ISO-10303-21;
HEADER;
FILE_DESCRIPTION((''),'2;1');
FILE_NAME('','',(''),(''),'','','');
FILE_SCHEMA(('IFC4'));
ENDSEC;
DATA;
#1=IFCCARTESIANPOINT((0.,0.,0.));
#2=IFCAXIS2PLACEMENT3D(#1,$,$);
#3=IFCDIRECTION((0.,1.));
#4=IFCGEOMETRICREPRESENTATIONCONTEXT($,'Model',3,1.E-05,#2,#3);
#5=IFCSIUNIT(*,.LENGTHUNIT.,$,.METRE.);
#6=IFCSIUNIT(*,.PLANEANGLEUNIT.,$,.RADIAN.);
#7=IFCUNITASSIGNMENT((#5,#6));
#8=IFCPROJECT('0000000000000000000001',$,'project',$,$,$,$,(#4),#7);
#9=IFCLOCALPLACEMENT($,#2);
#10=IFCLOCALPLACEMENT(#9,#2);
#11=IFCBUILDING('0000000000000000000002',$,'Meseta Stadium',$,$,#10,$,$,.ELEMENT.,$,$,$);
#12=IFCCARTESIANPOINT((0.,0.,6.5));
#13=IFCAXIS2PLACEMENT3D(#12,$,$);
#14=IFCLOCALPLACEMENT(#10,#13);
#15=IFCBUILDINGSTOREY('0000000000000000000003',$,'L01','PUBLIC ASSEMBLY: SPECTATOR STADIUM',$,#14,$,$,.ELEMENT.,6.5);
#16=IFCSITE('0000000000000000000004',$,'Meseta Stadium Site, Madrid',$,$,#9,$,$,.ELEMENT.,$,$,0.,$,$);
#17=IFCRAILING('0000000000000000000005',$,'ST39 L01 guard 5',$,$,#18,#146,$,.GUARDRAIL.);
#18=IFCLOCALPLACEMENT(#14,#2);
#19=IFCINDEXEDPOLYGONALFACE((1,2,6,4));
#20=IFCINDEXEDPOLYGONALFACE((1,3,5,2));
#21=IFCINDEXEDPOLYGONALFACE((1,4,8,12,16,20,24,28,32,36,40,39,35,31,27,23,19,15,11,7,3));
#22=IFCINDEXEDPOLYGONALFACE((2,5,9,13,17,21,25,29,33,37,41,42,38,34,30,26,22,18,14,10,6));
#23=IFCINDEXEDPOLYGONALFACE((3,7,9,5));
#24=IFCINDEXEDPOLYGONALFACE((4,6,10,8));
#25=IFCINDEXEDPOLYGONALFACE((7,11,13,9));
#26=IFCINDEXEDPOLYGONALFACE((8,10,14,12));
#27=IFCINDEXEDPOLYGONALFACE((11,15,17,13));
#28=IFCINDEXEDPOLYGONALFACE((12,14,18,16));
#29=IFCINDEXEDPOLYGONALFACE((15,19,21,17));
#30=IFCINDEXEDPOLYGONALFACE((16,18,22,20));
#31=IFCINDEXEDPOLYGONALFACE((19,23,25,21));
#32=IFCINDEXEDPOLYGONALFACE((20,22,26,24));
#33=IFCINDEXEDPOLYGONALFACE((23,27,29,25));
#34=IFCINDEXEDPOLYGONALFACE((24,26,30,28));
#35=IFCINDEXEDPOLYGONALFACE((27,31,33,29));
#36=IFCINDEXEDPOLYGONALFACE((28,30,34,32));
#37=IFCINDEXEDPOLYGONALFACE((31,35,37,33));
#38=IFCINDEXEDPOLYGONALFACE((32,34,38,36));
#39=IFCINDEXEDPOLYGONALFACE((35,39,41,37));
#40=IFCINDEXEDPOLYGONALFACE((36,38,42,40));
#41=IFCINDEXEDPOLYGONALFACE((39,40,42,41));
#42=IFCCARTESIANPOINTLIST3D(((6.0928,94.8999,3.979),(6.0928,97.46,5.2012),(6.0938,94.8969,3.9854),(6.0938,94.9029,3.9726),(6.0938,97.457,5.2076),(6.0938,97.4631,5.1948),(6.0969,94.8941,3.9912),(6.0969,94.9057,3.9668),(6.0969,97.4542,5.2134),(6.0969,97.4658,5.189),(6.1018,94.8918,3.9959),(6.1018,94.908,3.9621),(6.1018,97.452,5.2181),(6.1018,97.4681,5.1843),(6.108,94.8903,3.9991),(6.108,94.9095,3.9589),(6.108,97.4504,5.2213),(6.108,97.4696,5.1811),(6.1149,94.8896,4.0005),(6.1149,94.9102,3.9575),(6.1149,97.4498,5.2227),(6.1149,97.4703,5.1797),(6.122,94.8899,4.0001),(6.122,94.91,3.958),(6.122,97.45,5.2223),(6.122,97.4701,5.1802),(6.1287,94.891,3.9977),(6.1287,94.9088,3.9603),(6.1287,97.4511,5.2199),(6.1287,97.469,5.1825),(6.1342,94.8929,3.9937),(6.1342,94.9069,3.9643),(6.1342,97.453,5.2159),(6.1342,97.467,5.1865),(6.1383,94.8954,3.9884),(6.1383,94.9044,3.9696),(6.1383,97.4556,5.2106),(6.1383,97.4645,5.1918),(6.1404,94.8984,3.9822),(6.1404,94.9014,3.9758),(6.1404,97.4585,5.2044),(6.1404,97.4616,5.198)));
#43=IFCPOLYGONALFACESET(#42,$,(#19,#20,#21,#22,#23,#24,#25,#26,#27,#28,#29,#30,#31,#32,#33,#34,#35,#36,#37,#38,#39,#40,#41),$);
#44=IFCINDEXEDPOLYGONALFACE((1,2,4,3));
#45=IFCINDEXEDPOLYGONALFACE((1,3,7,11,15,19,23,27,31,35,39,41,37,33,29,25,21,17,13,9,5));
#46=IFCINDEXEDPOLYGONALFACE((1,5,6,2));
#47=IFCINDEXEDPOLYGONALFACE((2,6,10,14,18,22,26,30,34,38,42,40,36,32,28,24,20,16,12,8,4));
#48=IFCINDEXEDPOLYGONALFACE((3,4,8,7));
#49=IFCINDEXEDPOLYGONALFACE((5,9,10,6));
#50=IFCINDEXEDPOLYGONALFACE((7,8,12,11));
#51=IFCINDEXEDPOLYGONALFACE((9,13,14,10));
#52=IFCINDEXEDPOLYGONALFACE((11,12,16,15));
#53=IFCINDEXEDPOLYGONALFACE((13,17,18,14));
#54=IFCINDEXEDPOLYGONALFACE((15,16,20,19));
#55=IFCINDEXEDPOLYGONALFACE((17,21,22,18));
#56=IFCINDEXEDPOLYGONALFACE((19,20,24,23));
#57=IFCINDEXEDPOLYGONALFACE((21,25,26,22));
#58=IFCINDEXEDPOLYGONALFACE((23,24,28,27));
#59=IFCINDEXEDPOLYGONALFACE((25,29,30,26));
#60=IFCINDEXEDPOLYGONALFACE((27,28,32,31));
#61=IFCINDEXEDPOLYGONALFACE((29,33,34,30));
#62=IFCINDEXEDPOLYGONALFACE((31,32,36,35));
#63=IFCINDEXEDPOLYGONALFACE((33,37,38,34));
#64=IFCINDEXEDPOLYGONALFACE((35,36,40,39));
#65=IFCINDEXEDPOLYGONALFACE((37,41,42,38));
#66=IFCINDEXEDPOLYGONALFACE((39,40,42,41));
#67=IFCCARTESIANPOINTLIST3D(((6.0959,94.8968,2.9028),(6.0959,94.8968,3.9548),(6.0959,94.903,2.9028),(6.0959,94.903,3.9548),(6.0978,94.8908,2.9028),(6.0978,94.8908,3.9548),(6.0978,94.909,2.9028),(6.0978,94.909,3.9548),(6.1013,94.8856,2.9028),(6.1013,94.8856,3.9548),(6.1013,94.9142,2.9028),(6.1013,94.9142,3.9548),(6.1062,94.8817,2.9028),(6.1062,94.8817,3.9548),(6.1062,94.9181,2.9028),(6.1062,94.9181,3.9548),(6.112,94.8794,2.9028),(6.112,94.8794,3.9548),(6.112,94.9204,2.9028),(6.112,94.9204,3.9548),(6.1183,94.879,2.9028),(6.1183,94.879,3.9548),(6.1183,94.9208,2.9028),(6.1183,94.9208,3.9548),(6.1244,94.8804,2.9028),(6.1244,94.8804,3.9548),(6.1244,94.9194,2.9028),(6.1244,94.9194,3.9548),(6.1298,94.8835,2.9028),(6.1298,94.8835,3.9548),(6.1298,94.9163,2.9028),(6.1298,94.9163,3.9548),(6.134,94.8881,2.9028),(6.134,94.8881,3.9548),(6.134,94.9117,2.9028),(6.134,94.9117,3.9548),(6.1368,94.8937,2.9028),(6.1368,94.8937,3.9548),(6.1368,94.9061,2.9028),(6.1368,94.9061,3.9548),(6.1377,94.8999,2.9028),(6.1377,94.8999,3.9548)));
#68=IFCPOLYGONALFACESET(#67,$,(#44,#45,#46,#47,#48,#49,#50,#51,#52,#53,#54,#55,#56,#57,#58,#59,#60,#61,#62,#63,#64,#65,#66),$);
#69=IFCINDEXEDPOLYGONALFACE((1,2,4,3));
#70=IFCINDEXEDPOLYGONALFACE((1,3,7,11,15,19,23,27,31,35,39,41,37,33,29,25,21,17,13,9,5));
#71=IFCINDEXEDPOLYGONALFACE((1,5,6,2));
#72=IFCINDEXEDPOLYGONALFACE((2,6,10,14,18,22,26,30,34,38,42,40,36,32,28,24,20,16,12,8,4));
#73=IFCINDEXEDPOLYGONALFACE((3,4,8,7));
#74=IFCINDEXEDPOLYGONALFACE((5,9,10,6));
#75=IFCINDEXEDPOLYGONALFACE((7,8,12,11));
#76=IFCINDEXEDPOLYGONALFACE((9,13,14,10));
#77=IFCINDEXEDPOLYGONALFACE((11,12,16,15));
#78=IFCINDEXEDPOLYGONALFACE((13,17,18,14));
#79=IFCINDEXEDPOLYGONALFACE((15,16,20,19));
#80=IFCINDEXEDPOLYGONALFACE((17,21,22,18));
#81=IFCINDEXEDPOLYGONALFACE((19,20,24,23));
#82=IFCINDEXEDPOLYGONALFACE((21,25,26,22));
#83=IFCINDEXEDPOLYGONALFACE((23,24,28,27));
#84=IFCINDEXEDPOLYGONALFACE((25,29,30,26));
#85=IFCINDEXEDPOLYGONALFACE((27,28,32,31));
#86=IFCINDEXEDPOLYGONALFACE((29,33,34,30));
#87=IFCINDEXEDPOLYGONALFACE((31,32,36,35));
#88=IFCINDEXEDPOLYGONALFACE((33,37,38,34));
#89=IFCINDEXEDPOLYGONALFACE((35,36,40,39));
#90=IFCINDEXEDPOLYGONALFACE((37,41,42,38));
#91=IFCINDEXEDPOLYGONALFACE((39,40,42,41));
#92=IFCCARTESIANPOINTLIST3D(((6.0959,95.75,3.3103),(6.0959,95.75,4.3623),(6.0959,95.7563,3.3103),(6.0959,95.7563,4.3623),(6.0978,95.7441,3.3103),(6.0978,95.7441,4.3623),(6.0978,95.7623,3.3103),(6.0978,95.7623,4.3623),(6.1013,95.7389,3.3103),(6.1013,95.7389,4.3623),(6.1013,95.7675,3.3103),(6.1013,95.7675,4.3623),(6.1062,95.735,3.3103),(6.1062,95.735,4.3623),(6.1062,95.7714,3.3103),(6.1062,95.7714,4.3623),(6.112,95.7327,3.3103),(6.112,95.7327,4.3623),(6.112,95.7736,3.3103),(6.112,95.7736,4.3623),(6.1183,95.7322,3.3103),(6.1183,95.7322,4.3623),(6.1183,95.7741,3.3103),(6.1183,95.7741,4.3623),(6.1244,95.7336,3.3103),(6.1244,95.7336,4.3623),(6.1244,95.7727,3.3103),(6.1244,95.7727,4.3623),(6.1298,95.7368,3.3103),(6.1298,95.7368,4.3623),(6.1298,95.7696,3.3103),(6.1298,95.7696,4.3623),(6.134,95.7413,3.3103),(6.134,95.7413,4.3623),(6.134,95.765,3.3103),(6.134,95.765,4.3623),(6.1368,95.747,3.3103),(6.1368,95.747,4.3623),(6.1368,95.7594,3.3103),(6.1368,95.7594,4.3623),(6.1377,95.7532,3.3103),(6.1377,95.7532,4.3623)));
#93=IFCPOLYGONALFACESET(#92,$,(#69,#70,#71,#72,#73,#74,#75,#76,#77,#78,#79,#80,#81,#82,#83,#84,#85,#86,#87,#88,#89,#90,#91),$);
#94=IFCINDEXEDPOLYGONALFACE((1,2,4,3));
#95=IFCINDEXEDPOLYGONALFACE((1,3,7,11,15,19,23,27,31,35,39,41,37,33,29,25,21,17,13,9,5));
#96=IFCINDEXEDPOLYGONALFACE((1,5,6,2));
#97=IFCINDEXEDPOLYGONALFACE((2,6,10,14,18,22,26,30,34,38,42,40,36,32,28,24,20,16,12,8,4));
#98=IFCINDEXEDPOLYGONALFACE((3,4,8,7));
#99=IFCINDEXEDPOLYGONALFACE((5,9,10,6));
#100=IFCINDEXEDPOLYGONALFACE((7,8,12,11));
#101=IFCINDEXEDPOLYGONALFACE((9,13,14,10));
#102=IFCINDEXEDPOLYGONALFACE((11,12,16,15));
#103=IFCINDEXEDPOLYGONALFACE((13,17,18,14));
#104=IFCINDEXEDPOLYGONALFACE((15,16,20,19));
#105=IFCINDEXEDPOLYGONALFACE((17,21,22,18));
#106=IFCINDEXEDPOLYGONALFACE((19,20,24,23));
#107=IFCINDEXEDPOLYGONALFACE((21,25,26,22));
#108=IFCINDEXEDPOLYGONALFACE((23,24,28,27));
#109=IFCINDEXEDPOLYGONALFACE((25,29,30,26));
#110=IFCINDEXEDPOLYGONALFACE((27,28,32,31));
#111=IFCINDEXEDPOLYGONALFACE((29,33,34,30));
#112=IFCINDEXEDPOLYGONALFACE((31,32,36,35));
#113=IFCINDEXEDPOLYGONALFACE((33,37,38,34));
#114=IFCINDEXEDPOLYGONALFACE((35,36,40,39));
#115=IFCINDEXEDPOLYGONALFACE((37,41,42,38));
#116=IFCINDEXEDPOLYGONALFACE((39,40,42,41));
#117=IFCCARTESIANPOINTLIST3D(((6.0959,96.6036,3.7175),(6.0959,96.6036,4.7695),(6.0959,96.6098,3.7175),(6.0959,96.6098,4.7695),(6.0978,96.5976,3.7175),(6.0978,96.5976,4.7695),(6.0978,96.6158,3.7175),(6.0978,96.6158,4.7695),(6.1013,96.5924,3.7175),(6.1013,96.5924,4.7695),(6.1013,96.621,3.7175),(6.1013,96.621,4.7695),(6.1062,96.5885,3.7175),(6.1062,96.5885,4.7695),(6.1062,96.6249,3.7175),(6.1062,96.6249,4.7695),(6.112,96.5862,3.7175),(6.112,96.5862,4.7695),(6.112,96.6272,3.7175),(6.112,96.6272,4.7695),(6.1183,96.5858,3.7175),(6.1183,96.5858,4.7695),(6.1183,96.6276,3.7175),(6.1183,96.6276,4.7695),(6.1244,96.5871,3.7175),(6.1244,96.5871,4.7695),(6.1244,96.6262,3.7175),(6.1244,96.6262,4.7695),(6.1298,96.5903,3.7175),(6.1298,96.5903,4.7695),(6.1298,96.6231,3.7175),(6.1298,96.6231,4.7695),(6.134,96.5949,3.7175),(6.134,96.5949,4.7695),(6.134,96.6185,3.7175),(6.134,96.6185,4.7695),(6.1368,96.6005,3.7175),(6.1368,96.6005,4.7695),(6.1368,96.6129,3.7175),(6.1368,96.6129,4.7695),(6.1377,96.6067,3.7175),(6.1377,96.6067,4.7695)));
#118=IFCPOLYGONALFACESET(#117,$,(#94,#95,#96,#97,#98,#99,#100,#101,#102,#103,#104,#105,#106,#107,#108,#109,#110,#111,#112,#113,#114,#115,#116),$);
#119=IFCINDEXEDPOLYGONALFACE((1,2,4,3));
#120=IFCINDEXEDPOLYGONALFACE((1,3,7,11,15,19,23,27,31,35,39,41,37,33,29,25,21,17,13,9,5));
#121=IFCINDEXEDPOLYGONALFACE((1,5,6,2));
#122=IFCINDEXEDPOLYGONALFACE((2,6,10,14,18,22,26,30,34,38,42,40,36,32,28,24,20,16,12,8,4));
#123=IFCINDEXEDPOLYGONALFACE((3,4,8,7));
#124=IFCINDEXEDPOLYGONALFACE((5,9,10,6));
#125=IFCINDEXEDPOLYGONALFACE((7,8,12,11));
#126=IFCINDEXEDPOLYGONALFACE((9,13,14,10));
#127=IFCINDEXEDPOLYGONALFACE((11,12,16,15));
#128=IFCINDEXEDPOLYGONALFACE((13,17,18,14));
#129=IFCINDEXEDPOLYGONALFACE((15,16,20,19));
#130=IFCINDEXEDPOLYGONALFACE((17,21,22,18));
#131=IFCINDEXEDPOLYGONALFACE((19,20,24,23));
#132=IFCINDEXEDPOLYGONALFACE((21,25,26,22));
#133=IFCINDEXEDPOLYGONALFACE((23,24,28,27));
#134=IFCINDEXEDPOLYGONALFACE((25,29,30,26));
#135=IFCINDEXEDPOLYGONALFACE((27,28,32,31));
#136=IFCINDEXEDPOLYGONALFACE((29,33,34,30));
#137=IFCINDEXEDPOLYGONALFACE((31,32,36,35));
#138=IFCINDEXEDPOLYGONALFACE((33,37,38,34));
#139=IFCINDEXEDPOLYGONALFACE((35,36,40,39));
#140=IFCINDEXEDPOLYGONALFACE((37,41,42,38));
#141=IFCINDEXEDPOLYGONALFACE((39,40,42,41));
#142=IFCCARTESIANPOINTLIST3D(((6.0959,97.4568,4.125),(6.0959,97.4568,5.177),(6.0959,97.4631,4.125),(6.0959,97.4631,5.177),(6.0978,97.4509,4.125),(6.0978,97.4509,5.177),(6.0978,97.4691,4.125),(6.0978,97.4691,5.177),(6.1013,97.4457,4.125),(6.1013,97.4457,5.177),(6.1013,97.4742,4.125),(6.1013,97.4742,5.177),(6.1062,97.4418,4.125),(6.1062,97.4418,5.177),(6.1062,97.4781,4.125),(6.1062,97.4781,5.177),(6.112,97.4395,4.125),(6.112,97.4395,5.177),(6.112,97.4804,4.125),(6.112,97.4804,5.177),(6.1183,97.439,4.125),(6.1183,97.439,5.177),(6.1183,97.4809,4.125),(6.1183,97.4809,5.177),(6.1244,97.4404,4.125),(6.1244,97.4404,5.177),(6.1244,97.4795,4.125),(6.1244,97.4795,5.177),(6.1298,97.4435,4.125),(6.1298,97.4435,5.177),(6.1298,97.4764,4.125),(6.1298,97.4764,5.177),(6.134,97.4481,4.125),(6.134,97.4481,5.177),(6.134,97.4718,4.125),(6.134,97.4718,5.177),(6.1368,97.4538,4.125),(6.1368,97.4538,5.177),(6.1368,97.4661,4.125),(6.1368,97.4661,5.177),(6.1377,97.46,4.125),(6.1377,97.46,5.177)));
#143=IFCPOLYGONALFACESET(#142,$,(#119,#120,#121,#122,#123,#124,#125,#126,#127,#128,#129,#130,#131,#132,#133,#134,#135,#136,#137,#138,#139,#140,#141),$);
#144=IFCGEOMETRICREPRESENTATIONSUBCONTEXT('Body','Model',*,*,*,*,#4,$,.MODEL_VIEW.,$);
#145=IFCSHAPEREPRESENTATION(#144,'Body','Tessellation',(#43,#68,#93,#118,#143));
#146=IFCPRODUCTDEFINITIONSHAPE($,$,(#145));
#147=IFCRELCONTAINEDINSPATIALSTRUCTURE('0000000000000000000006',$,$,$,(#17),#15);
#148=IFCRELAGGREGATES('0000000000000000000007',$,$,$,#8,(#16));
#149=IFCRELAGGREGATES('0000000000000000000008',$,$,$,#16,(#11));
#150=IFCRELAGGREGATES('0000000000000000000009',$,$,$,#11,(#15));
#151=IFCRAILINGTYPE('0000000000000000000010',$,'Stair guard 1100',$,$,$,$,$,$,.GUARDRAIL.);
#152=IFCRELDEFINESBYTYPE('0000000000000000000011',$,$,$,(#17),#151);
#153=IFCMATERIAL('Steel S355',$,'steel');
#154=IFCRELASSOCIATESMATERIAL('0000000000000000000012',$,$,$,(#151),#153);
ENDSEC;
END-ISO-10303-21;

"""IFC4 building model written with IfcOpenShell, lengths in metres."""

from ifc_helpers import new_model, si_unit, direction, frame, origin, origin_2d, place, context, subcontext, project, spatial, circle, extrude, material, type_object, element, save


model = new_model("IFC4")

# Units and contexts
model_context = context("Model", 3, precision=1e-05, world=origin(), true_north=direction((0.0, 1.0)))
body_context = subcontext(model_context, "Body", "Model", "MODEL_VIEW")
ifc_project = project(units=[si_unit("LENGTHUNIT", "METRE"), si_unit("PLANEANGLEUNIT", "RADIAN")], contexts=[model_context])

# Site, building, storey
site_placement = place(None, origin())
site = spatial("IfcSite", under=ifc_project, at=site_placement, Name="Meseta Stadium Site, Madrid", CompositionType="ELEMENT", RefElevation=0.0)
building_placement = place(site_placement, origin())
building = spatial("IfcBuilding", under=site, at=building_placement, Name="Meseta Stadium", CompositionType="ELEMENT")
storey_placement = place(building_placement, frame((0.0, 0.0, 6.5)))
storey = spatial("IfcBuildingStorey", under=building, at=storey_placement, Name="L01", Description="PUBLIC ASSEMBLY: SPECTATOR STADIUM", CompositionType="ELEMENT", Elevation=6.5)

# Railing
ifc_material_1 = material(Name="Steel S355", Category="steel")
railing_type_1 = type_object("IfcRailingType", Name="Stair guard 1100", PredefinedType="GUARDRAIL", material=ifc_material_1)
railing_1_placement = place(storey_placement, frame((6.1167, 94.8999, 2.9028)))
element("IfcRailing", 1, at=railing_1_placement, inside=storey, type_object=railing_type_1, Name="ST39 L01 guard 5", PredefinedType="GUARDRAIL", context=body_context, shape_type="SweptSolid", body=[
    extrude(circle(Radius=0.0239, at=origin_2d()), frame((0.0, 0.0, 1.0762), z_axis=(0.0, 0.902437, 0.430822), x_axis=(-1.0, 0.0, 0.0)), (0.0, 0.0, 1.0), 2.8369),
    extrude(circle(Radius=0.021, at=origin_2d()), origin(), (0.0, 0.0, 1.0), 1.052),
    extrude(circle(Radius=0.021, at=origin_2d()), frame((0.0, 0.8533, 0.4075)), (0.0, 0.0, 1.0), 1.052),
    extrude(circle(Radius=0.021, at=origin_2d()), frame((0.0, 1.7068, 0.8147)), (0.0, 0.0, 1.0), 1.052),
    extrude(circle(Radius=0.021, at=origin_2d()), frame((0.0, 2.5601, 1.2222)), (0.0, 0.0, 1.0), 1.052),
])

save(model, "model.ifc")
